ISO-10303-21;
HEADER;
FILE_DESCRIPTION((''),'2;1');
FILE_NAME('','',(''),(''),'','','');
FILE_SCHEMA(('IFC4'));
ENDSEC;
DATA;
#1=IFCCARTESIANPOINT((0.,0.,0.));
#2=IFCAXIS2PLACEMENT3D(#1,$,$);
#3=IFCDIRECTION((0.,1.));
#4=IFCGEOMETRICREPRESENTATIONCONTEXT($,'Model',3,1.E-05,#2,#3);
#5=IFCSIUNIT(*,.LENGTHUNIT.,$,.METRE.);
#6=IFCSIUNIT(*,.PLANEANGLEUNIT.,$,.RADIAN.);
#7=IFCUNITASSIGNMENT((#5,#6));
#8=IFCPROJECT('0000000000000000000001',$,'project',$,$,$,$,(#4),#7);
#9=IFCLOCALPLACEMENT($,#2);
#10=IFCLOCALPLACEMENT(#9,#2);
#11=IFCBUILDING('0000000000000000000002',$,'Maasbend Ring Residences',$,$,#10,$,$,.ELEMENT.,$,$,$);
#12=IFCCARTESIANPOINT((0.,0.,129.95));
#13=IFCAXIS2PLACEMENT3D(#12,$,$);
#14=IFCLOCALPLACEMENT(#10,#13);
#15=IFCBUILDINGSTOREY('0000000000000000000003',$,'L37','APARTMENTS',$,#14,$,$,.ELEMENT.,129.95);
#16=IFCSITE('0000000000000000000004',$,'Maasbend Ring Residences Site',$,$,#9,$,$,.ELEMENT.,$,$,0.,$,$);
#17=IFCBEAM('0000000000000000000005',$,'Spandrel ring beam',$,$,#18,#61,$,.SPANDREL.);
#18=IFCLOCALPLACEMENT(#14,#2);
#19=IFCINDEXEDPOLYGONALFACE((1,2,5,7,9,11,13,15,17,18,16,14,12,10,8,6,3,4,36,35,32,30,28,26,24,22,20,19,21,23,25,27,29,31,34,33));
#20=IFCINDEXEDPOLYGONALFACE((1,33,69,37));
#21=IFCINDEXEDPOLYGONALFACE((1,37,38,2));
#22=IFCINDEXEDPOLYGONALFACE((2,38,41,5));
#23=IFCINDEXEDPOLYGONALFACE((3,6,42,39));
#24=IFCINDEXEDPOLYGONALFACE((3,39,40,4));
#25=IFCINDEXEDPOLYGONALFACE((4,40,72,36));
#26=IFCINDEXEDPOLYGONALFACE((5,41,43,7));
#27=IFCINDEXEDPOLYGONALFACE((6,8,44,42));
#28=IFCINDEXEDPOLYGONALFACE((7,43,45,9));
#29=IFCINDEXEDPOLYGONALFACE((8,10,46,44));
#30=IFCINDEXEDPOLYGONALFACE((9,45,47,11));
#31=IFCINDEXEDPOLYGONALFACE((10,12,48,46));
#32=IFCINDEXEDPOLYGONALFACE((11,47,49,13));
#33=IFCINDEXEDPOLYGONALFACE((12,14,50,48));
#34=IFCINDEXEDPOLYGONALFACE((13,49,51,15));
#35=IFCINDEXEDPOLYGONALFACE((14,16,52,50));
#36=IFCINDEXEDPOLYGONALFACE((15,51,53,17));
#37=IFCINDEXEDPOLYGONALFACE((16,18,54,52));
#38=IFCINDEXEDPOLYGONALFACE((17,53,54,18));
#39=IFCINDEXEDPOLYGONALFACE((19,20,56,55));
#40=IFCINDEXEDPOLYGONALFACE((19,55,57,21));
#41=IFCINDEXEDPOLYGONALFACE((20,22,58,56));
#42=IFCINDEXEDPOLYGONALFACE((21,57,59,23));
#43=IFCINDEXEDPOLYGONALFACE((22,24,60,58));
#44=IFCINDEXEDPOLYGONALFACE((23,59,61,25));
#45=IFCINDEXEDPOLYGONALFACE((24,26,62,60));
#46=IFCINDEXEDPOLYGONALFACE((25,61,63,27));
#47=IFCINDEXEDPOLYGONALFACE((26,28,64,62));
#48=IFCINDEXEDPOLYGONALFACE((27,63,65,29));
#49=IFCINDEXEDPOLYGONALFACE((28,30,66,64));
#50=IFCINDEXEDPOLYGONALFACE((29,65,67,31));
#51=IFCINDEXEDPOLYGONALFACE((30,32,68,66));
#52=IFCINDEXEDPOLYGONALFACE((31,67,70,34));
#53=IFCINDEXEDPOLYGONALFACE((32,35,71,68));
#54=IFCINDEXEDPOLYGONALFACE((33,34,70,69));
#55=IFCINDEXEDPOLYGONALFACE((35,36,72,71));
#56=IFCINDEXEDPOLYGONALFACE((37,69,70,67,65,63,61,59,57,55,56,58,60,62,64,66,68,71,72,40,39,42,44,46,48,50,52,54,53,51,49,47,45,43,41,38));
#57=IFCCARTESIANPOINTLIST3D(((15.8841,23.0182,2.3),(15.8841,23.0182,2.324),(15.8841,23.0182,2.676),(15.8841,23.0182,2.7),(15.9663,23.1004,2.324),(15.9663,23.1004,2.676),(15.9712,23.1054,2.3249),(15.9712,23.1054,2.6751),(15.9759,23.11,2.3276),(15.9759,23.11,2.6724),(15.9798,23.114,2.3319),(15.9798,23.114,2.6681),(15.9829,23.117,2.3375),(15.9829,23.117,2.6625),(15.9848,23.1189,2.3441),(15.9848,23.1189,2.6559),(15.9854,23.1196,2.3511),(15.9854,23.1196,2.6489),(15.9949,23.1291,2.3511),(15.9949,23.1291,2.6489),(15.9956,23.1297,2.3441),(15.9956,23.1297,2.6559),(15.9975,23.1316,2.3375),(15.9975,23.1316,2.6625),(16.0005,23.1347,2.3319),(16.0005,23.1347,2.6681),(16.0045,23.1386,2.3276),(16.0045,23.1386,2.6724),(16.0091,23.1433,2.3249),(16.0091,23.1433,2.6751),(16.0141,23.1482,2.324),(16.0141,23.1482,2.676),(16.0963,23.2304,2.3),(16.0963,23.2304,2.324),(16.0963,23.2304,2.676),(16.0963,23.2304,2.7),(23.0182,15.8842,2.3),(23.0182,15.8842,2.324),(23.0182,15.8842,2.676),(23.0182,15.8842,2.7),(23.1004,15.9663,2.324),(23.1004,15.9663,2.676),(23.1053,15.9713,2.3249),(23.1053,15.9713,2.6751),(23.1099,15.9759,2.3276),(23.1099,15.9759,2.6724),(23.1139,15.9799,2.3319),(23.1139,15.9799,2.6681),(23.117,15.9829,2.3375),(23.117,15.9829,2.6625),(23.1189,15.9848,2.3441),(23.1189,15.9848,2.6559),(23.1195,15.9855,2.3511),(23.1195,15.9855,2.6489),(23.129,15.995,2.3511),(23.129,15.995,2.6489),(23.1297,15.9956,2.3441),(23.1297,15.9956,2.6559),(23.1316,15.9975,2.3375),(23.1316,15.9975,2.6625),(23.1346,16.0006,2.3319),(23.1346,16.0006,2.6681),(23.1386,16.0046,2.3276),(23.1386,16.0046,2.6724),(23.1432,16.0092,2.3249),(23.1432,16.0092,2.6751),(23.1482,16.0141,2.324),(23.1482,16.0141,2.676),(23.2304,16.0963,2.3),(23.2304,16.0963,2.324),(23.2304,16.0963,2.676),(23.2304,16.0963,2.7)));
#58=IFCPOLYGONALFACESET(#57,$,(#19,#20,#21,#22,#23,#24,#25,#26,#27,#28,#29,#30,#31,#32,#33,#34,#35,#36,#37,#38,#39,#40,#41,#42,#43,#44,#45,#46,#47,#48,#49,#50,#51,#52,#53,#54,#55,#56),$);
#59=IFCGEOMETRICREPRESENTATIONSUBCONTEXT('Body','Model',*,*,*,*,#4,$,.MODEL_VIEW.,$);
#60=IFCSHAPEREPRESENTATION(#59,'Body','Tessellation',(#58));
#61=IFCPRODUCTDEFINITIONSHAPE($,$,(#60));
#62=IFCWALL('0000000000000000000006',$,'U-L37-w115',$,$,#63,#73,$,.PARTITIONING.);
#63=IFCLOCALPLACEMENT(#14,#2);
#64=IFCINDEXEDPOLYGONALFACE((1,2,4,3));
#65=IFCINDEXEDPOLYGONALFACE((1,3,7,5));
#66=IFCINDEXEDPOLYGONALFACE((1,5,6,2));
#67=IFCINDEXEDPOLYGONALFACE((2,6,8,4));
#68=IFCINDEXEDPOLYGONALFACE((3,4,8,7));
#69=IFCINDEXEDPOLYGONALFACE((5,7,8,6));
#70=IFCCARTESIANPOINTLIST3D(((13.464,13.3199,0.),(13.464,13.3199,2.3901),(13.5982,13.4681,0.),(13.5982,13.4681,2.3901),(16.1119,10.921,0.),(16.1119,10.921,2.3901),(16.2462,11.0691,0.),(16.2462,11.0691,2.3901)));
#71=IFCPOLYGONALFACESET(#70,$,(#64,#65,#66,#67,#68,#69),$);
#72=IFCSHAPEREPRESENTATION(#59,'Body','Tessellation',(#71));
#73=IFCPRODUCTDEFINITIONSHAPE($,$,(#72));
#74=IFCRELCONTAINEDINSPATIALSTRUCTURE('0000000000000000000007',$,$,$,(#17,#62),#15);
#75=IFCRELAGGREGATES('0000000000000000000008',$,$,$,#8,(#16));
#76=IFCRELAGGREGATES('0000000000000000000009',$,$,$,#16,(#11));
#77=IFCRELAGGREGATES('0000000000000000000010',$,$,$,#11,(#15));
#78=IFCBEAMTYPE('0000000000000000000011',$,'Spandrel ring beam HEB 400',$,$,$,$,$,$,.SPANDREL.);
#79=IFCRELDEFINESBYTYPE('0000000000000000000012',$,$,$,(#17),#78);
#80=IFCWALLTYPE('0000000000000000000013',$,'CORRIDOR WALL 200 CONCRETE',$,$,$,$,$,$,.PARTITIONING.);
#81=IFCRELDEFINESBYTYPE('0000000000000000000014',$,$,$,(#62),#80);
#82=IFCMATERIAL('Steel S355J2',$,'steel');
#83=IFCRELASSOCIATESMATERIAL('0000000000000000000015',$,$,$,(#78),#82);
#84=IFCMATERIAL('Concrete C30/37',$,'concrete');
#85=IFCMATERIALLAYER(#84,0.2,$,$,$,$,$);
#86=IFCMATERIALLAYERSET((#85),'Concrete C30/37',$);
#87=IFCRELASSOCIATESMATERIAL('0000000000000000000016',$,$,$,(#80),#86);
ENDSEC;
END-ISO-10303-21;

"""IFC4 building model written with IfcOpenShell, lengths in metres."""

from ifc_helpers import new_model, si_unit, direction, frame, frame_2d, origin, origin_2d, place, context, subcontext, project, spatial, rectangle, i_section, extrude, material, layer, layer_set, material_profile, profile_set, type_object, element, save


model = new_model("IFC4")

# Units and contexts
model_context = context("Model", 3, precision=1e-05, world=origin(), true_north=direction((0.0, 1.0)))
body_context = subcontext(model_context, "Body", "Model", "MODEL_VIEW")
ifc_project = project(units=[si_unit("LENGTHUNIT", "METRE"), si_unit("PLANEANGLEUNIT", "RADIAN")], contexts=[model_context])

# Site, building, storey
site_placement = place(None, origin())
site = spatial("IfcSite", under=ifc_project, at=site_placement, Name="Maasbend Ring Residences Site", CompositionType="ELEMENT", RefElevation=0.0)
building_placement = place(site_placement, origin())
building = spatial("IfcBuilding", under=site, at=building_placement, Name="Maasbend Ring Residences", CompositionType="ELEMENT")
storey_placement = place(building_placement, frame((0.0, 0.0, 129.95)))
storey = spatial("IfcBuildingStorey", under=building, at=storey_placement, Name="L37", Description="APARTMENTS", CompositionType="ELEMENT", Elevation=129.95)

# Beam
ifc_material_1 = material(Name="Steel S355J2", Category="steel")
ifc_material_profile_1 = material_profile(ifc_material_1, i_section(OverallWidth=0.3, OverallDepth=0.3999, WebThickness=0.0134, FlangeThickness=0.0239, FilletRadius=0.0271, at=origin_2d()), Name="HEB 400")
ifc_profile_set_1 = profile_set([ifc_material_profile_1], Name="Steel S355J2")
beam_type_1 = type_object("IfcBeamType", Name="Spandrel ring beam HEB 400", PredefinedType="SPANDREL", material=ifc_profile_set_1)
beam_1_placement = place(storey_placement, frame((23.1243, 15.9902, 2.5), z_axis=(-0.707107, 0.707107, 0.0), x_axis=(-0.707107, -0.707107, 0.0)))
element("IfcBeam", 1, at=beam_1_placement, inside=storey, type_object=beam_type_1, Name="Spandrel ring beam", PredefinedType="SPANDREL", context=body_context, shape_type="SweptSolid", body=[
    extrude(i_section(OverallWidth=0.3, OverallDepth=0.3999, WebThickness=0.0134, FlangeThickness=0.0239, FilletRadius=0.0271, at=origin_2d()), origin(), (0.0, 0.0, 1.0), 10.0891),
])

# Wall
ifc_material_2 = material(Name="Concrete C30/37", Category="concrete")
ifc_layer_1 = layer(ifc_material_2, 0.2)
ifc_layer_set_1 = layer_set([ifc_layer_1], Name="Concrete C30/37")
wall_type_1 = type_object("IfcWallType", Name="CORRIDOR WALL 200 CONCRETE", PredefinedType="PARTITIONING", material=ifc_layer_set_1)
wall_1_placement = place(storey_placement, frame((13.531, 13.394, 0.0), z_axis=(0.0, 0.0, 1.0), x_axis=(0.741095, -0.6714, 0.0)))
element("IfcWall", 2, at=wall_1_placement, inside=storey, type_object=wall_type_1, Name="U-L37-w115", PredefinedType="PARTITIONING", context=body_context, shape_type="SweptSolid", body=[
    extrude(rectangle(XDim=3.573, YDim=0.2, at=frame_2d((1.7866, 0.0))), origin(), (0.0, 0.0, 1.0), 2.3901),
])

save(model, "model.ifc")
